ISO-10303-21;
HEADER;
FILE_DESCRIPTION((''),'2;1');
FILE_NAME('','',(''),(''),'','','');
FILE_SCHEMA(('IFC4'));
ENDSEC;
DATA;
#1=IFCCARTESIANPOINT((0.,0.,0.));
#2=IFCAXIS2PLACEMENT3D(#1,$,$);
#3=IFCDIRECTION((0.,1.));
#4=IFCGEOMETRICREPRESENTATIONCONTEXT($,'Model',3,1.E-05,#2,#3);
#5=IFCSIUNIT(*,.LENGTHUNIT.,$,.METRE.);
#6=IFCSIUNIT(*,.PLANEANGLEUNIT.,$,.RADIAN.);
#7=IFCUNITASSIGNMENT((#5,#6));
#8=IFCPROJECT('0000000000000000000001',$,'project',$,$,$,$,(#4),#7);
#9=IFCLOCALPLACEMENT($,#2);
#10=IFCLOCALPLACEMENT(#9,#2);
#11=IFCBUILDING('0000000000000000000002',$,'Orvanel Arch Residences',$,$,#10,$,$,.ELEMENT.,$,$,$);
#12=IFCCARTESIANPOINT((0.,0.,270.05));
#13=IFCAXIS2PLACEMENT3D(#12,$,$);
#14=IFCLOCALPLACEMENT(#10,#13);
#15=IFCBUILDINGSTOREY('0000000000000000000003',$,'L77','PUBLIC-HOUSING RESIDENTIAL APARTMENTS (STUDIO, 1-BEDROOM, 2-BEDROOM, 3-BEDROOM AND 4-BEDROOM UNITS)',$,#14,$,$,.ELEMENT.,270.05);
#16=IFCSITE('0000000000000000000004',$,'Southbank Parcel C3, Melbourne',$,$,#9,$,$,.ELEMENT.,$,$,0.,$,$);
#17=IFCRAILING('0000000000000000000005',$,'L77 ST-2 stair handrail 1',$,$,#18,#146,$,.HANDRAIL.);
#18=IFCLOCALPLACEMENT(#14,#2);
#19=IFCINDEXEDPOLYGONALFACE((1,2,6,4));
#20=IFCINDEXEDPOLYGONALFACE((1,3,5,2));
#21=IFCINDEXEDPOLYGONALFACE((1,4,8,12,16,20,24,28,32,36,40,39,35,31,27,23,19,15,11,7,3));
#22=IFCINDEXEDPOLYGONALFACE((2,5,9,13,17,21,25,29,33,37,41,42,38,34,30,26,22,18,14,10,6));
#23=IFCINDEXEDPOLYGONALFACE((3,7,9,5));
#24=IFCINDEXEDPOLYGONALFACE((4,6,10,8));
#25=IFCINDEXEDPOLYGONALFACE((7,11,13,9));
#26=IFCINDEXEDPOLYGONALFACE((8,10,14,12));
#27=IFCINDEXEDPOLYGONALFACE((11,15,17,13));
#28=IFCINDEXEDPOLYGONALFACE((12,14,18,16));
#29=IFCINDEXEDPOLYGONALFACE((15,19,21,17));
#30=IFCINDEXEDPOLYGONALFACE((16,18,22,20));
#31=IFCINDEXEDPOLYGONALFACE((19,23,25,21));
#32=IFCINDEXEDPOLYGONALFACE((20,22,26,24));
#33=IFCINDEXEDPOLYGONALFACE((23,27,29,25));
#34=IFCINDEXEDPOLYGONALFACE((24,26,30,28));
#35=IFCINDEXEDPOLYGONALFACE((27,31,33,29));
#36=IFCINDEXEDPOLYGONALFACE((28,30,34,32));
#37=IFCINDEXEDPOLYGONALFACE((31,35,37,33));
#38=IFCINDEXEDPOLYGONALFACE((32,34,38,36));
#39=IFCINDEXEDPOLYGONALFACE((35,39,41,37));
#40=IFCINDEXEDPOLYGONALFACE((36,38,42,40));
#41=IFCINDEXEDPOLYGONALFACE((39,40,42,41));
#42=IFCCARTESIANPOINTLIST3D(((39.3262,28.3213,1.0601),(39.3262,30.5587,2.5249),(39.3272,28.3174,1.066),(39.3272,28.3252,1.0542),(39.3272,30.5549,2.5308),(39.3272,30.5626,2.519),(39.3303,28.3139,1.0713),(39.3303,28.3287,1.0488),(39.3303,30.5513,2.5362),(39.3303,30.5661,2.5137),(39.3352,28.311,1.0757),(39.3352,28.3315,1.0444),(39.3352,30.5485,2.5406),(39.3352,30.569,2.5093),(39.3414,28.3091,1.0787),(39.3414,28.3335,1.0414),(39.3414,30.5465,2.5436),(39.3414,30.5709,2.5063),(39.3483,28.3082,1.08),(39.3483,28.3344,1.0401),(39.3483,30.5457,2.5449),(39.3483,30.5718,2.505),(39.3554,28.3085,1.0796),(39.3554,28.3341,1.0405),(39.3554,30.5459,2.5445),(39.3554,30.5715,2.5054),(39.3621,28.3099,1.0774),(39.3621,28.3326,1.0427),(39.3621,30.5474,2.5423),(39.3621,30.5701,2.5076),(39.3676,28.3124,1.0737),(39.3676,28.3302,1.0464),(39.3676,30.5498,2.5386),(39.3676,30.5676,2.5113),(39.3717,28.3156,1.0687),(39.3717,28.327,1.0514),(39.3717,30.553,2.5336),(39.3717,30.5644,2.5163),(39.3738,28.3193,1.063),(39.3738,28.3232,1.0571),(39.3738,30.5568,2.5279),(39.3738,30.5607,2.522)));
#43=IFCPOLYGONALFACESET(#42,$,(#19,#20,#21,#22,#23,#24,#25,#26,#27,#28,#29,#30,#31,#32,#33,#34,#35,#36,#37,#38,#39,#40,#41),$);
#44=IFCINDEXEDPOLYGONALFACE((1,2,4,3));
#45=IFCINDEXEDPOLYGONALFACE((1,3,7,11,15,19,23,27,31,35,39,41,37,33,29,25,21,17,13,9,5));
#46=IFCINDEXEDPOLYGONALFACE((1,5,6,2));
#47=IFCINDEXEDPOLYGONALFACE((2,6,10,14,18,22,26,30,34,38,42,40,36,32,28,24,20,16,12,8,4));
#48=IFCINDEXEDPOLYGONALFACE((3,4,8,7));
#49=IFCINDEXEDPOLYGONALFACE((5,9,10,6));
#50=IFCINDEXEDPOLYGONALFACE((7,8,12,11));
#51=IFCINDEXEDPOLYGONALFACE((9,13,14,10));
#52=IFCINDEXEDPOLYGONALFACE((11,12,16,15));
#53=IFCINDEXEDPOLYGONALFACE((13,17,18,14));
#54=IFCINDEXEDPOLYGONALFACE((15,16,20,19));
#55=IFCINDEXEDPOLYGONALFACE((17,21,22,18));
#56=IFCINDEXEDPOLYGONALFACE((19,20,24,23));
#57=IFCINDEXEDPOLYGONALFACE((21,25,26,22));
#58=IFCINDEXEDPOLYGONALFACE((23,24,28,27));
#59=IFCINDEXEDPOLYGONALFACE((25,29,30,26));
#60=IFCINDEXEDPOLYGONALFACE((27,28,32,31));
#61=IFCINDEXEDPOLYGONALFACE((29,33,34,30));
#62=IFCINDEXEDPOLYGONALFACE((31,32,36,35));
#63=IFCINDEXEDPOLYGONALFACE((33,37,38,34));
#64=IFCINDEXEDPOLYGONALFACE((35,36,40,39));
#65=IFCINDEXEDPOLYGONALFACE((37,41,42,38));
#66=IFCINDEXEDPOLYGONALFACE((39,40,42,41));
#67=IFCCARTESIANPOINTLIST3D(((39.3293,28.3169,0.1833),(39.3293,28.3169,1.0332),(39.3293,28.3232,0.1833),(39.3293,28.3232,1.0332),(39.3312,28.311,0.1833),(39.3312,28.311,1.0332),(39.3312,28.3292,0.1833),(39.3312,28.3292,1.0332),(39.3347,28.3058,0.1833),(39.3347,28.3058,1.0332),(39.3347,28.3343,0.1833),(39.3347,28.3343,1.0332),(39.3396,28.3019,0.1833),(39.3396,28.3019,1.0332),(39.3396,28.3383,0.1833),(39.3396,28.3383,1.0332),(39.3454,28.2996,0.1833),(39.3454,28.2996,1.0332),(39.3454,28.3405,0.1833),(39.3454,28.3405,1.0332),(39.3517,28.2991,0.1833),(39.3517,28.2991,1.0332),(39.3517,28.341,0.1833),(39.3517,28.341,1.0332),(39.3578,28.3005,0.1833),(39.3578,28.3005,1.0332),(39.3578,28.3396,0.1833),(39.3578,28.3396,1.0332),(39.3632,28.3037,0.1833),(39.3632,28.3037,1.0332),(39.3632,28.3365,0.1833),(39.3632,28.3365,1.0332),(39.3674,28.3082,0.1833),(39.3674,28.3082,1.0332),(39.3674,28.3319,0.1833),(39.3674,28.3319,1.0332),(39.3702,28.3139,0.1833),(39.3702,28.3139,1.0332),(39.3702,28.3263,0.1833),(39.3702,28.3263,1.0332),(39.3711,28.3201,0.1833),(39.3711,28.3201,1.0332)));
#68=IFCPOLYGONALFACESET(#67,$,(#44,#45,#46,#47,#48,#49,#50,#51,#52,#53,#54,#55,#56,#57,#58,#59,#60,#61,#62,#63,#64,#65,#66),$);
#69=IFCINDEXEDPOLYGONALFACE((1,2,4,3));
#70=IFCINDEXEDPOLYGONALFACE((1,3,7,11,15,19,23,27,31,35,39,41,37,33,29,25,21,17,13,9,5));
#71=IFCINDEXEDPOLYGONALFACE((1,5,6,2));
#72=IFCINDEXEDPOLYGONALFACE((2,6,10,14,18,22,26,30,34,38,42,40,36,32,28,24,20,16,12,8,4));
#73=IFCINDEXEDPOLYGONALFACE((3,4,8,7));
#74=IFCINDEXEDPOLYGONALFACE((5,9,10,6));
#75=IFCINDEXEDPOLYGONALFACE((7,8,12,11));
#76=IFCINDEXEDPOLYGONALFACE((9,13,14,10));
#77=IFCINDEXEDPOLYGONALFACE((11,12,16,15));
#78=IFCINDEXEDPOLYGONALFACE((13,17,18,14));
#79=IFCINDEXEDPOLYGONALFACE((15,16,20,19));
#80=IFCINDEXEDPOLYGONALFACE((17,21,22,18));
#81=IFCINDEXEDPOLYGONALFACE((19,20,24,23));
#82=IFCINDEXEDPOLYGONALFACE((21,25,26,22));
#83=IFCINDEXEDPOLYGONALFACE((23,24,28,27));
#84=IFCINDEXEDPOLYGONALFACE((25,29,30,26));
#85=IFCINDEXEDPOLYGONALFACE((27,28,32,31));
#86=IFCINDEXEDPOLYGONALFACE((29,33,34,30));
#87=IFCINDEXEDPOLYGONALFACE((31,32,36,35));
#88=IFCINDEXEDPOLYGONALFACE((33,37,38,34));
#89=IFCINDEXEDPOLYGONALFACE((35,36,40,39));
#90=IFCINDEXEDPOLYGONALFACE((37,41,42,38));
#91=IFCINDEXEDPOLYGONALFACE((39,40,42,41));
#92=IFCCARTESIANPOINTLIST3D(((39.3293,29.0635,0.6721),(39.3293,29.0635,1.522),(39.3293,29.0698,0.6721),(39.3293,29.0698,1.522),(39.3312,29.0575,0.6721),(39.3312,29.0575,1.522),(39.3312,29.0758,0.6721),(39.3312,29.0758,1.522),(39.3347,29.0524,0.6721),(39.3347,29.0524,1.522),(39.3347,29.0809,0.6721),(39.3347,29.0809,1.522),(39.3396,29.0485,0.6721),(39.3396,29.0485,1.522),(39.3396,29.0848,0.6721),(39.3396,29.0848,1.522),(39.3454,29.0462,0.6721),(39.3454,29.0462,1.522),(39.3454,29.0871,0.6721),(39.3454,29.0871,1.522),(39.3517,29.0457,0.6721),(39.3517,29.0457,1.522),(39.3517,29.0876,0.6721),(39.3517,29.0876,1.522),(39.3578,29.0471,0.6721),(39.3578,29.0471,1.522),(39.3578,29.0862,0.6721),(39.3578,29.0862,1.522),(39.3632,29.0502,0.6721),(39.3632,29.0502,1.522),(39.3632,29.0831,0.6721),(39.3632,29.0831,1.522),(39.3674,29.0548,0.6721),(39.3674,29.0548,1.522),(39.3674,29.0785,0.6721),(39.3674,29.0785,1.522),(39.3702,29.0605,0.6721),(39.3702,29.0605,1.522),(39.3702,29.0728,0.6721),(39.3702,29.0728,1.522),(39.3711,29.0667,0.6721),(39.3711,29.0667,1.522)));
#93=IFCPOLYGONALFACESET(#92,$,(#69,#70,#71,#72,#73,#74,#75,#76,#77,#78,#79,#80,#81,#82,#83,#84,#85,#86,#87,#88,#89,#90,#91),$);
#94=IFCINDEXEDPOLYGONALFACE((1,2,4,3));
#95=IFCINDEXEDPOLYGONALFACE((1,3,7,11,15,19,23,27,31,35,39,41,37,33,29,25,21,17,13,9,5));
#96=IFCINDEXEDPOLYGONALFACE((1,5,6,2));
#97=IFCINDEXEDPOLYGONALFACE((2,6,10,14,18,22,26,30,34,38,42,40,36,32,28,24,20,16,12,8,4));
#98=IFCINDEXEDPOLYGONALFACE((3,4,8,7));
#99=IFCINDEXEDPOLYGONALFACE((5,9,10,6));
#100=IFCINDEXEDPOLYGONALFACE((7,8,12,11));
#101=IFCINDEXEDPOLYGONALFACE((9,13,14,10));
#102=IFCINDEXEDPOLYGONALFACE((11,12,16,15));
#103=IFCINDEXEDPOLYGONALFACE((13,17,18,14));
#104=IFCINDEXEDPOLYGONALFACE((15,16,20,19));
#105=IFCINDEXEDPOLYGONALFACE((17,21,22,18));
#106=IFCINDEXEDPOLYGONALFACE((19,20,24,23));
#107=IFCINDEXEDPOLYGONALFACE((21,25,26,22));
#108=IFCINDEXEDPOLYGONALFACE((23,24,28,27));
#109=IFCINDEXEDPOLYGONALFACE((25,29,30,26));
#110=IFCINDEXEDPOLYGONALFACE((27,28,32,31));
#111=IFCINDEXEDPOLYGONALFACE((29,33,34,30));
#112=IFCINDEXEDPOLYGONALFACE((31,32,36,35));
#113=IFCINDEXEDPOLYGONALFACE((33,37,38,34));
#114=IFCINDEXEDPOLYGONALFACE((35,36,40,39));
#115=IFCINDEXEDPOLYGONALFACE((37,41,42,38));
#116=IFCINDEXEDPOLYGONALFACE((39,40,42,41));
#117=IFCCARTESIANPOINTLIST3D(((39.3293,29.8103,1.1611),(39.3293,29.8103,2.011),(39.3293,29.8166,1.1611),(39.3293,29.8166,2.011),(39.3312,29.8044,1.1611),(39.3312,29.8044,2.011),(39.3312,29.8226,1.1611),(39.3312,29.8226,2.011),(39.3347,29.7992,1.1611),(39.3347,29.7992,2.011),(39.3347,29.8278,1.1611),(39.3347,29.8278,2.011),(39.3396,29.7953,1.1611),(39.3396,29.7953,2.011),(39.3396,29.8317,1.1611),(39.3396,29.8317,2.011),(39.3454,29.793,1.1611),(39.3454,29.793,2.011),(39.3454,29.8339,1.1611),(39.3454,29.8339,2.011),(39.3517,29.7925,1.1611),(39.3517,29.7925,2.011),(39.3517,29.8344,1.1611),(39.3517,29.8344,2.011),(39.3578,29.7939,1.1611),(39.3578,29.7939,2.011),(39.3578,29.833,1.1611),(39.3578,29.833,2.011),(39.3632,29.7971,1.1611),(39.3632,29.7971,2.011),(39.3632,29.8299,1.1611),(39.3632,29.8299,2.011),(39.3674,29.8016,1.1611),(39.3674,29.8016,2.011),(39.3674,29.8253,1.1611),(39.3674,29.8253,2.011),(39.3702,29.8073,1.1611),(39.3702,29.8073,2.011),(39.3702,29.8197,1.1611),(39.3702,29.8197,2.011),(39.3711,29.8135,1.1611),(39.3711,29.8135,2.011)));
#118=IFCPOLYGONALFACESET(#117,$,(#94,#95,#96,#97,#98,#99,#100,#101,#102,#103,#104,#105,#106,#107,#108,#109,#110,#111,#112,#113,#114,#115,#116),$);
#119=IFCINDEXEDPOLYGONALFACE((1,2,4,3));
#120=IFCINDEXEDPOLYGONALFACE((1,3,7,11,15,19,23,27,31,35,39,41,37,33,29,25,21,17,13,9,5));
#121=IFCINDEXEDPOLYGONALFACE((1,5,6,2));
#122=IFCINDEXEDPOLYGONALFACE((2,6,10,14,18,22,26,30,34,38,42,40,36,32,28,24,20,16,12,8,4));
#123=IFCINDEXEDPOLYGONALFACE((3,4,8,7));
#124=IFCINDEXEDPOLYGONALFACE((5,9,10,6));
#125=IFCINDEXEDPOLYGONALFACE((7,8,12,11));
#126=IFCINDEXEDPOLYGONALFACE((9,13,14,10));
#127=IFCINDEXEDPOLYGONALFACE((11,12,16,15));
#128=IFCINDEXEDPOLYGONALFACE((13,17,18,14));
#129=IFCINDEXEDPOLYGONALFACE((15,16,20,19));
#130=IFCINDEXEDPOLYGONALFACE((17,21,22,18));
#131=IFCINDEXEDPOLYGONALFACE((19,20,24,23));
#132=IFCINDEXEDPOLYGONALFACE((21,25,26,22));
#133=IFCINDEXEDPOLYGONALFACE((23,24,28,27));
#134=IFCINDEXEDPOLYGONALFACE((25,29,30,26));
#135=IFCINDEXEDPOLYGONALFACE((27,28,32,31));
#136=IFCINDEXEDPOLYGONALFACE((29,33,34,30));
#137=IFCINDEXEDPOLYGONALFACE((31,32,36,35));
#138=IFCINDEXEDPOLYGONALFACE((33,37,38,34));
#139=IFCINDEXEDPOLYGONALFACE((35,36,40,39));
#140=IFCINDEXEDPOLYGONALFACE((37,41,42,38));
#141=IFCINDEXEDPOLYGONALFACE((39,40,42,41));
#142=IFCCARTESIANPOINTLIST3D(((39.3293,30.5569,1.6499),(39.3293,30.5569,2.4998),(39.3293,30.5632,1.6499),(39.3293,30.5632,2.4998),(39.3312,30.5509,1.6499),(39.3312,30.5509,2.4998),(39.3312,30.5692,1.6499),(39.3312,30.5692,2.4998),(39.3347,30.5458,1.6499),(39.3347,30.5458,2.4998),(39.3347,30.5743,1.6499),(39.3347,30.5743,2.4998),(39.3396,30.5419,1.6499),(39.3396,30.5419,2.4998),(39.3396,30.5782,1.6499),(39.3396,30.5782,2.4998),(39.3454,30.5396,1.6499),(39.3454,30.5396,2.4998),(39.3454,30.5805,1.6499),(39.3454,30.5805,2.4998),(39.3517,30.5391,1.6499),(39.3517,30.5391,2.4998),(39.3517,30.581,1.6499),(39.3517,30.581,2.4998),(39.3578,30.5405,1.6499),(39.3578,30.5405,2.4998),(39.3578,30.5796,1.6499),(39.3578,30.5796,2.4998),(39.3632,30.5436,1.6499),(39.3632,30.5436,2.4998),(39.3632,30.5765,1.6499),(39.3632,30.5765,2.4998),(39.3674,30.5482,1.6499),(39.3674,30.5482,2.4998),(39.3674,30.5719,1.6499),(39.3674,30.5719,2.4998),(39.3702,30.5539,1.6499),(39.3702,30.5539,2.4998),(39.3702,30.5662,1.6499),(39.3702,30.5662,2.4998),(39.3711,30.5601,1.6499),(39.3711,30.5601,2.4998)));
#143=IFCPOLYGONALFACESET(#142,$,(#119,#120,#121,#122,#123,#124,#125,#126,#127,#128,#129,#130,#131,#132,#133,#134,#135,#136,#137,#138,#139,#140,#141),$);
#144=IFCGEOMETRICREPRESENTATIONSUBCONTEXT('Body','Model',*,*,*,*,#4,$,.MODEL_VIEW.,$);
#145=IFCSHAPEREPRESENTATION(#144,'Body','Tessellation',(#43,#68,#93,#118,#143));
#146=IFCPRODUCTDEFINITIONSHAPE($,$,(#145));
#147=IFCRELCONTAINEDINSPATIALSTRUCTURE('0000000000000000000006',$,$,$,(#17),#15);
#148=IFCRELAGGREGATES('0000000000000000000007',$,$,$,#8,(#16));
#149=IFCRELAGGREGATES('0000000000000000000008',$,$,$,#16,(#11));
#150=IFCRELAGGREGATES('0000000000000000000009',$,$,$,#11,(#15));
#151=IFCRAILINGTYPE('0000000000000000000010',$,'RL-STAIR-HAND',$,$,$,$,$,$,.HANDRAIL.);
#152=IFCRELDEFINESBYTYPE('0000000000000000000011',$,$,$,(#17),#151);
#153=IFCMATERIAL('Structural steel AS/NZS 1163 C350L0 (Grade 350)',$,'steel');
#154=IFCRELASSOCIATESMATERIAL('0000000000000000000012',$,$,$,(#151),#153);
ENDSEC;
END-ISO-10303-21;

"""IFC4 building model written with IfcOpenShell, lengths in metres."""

from ifc_helpers import new_model, si_unit, direction, frame, origin, origin_2d, place, context, subcontext, project, spatial, circle, extrude, material, type_object, element, save


model = new_model("IFC4")

# Units and contexts
model_context = context("Model", 3, precision=1e-05, world=origin(), true_north=direction((0.0, 1.0)))
body_context = subcontext(model_context, "Body", "Model", "MODEL_VIEW")
ifc_project = project(units=[si_unit("LENGTHUNIT", "METRE"), si_unit("PLANEANGLEUNIT", "RADIAN")], contexts=[model_context])

# Site, building, storey
site_placement = place(None, origin())
site = spatial("IfcSite", under=ifc_project, at=site_placement, Name="Southbank Parcel C3, Melbourne", CompositionType="ELEMENT", RefElevation=0.0)
building_placement = place(site_placement, origin())
building = spatial("IfcBuilding", under=site, at=building_placement, Name="Orvanel Arch Residences", CompositionType="ELEMENT")
storey_placement = place(building_placement, frame((0.0, 0.0, 270.05)))
storey = spatial("IfcBuildingStorey", under=building, at=storey_placement, Name="L77", Description="PUBLIC-HOUSING RESIDENTIAL APARTMENTS (STUDIO, 1-BEDROOM, 2-BEDROOM, 3-BEDROOM AND 4-BEDROOM UNITS)", CompositionType="ELEMENT", Elevation=270.05)

# Shared definitions
ifc_material_1 = material(Name="Structural steel AS/NZS 1163 C350L0 (Grade 350)", Category="steel")

# Railing
railing_type_1 = type_object("IfcRailingType", Name="RL-STAIR-HAND", PredefinedType="HANDRAIL", material=ifc_material_1)
railing_1_placement = place(storey_placement, frame((39.3501, 28.3201, 0.1833)))
element("IfcRailing", 1, at=railing_1_placement, inside=storey, type_object=railing_type_1, Name="L77 ST-2 stair handrail 1", PredefinedType="HANDRAIL", context=body_context, shape_type="SweptSolid", body=[
    extrude(circle(Radius=0.0239, at=origin_2d()), frame((0.0, 0.0012, 0.8767), z_axis=(0.0, 0.836637, 0.547758), x_axis=(-1.0, 0.0, 0.0)), (0.0, 0.0, 1.0), 2.6743),
    extrude(circle(Radius=0.021, at=origin_2d()), origin(), (0.0, 0.0, 1.0), 0.8499),
    extrude(circle(Radius=0.021, at=origin_2d()), frame((0.0, 0.7466, 0.4888)), (0.0, 0.0, 1.0), 0.8499),
    extrude(circle(Radius=0.021, at=origin_2d()), frame((0.0, 1.4934, 0.9778)), (0.0, 0.0, 1.0), 0.8499),
    extrude(circle(Radius=0.021, at=origin_2d()), frame((0.0, 2.24, 1.4666)), (0.0, 0.0, 1.0), 0.8499),
])

save(model, "model.ifc")
